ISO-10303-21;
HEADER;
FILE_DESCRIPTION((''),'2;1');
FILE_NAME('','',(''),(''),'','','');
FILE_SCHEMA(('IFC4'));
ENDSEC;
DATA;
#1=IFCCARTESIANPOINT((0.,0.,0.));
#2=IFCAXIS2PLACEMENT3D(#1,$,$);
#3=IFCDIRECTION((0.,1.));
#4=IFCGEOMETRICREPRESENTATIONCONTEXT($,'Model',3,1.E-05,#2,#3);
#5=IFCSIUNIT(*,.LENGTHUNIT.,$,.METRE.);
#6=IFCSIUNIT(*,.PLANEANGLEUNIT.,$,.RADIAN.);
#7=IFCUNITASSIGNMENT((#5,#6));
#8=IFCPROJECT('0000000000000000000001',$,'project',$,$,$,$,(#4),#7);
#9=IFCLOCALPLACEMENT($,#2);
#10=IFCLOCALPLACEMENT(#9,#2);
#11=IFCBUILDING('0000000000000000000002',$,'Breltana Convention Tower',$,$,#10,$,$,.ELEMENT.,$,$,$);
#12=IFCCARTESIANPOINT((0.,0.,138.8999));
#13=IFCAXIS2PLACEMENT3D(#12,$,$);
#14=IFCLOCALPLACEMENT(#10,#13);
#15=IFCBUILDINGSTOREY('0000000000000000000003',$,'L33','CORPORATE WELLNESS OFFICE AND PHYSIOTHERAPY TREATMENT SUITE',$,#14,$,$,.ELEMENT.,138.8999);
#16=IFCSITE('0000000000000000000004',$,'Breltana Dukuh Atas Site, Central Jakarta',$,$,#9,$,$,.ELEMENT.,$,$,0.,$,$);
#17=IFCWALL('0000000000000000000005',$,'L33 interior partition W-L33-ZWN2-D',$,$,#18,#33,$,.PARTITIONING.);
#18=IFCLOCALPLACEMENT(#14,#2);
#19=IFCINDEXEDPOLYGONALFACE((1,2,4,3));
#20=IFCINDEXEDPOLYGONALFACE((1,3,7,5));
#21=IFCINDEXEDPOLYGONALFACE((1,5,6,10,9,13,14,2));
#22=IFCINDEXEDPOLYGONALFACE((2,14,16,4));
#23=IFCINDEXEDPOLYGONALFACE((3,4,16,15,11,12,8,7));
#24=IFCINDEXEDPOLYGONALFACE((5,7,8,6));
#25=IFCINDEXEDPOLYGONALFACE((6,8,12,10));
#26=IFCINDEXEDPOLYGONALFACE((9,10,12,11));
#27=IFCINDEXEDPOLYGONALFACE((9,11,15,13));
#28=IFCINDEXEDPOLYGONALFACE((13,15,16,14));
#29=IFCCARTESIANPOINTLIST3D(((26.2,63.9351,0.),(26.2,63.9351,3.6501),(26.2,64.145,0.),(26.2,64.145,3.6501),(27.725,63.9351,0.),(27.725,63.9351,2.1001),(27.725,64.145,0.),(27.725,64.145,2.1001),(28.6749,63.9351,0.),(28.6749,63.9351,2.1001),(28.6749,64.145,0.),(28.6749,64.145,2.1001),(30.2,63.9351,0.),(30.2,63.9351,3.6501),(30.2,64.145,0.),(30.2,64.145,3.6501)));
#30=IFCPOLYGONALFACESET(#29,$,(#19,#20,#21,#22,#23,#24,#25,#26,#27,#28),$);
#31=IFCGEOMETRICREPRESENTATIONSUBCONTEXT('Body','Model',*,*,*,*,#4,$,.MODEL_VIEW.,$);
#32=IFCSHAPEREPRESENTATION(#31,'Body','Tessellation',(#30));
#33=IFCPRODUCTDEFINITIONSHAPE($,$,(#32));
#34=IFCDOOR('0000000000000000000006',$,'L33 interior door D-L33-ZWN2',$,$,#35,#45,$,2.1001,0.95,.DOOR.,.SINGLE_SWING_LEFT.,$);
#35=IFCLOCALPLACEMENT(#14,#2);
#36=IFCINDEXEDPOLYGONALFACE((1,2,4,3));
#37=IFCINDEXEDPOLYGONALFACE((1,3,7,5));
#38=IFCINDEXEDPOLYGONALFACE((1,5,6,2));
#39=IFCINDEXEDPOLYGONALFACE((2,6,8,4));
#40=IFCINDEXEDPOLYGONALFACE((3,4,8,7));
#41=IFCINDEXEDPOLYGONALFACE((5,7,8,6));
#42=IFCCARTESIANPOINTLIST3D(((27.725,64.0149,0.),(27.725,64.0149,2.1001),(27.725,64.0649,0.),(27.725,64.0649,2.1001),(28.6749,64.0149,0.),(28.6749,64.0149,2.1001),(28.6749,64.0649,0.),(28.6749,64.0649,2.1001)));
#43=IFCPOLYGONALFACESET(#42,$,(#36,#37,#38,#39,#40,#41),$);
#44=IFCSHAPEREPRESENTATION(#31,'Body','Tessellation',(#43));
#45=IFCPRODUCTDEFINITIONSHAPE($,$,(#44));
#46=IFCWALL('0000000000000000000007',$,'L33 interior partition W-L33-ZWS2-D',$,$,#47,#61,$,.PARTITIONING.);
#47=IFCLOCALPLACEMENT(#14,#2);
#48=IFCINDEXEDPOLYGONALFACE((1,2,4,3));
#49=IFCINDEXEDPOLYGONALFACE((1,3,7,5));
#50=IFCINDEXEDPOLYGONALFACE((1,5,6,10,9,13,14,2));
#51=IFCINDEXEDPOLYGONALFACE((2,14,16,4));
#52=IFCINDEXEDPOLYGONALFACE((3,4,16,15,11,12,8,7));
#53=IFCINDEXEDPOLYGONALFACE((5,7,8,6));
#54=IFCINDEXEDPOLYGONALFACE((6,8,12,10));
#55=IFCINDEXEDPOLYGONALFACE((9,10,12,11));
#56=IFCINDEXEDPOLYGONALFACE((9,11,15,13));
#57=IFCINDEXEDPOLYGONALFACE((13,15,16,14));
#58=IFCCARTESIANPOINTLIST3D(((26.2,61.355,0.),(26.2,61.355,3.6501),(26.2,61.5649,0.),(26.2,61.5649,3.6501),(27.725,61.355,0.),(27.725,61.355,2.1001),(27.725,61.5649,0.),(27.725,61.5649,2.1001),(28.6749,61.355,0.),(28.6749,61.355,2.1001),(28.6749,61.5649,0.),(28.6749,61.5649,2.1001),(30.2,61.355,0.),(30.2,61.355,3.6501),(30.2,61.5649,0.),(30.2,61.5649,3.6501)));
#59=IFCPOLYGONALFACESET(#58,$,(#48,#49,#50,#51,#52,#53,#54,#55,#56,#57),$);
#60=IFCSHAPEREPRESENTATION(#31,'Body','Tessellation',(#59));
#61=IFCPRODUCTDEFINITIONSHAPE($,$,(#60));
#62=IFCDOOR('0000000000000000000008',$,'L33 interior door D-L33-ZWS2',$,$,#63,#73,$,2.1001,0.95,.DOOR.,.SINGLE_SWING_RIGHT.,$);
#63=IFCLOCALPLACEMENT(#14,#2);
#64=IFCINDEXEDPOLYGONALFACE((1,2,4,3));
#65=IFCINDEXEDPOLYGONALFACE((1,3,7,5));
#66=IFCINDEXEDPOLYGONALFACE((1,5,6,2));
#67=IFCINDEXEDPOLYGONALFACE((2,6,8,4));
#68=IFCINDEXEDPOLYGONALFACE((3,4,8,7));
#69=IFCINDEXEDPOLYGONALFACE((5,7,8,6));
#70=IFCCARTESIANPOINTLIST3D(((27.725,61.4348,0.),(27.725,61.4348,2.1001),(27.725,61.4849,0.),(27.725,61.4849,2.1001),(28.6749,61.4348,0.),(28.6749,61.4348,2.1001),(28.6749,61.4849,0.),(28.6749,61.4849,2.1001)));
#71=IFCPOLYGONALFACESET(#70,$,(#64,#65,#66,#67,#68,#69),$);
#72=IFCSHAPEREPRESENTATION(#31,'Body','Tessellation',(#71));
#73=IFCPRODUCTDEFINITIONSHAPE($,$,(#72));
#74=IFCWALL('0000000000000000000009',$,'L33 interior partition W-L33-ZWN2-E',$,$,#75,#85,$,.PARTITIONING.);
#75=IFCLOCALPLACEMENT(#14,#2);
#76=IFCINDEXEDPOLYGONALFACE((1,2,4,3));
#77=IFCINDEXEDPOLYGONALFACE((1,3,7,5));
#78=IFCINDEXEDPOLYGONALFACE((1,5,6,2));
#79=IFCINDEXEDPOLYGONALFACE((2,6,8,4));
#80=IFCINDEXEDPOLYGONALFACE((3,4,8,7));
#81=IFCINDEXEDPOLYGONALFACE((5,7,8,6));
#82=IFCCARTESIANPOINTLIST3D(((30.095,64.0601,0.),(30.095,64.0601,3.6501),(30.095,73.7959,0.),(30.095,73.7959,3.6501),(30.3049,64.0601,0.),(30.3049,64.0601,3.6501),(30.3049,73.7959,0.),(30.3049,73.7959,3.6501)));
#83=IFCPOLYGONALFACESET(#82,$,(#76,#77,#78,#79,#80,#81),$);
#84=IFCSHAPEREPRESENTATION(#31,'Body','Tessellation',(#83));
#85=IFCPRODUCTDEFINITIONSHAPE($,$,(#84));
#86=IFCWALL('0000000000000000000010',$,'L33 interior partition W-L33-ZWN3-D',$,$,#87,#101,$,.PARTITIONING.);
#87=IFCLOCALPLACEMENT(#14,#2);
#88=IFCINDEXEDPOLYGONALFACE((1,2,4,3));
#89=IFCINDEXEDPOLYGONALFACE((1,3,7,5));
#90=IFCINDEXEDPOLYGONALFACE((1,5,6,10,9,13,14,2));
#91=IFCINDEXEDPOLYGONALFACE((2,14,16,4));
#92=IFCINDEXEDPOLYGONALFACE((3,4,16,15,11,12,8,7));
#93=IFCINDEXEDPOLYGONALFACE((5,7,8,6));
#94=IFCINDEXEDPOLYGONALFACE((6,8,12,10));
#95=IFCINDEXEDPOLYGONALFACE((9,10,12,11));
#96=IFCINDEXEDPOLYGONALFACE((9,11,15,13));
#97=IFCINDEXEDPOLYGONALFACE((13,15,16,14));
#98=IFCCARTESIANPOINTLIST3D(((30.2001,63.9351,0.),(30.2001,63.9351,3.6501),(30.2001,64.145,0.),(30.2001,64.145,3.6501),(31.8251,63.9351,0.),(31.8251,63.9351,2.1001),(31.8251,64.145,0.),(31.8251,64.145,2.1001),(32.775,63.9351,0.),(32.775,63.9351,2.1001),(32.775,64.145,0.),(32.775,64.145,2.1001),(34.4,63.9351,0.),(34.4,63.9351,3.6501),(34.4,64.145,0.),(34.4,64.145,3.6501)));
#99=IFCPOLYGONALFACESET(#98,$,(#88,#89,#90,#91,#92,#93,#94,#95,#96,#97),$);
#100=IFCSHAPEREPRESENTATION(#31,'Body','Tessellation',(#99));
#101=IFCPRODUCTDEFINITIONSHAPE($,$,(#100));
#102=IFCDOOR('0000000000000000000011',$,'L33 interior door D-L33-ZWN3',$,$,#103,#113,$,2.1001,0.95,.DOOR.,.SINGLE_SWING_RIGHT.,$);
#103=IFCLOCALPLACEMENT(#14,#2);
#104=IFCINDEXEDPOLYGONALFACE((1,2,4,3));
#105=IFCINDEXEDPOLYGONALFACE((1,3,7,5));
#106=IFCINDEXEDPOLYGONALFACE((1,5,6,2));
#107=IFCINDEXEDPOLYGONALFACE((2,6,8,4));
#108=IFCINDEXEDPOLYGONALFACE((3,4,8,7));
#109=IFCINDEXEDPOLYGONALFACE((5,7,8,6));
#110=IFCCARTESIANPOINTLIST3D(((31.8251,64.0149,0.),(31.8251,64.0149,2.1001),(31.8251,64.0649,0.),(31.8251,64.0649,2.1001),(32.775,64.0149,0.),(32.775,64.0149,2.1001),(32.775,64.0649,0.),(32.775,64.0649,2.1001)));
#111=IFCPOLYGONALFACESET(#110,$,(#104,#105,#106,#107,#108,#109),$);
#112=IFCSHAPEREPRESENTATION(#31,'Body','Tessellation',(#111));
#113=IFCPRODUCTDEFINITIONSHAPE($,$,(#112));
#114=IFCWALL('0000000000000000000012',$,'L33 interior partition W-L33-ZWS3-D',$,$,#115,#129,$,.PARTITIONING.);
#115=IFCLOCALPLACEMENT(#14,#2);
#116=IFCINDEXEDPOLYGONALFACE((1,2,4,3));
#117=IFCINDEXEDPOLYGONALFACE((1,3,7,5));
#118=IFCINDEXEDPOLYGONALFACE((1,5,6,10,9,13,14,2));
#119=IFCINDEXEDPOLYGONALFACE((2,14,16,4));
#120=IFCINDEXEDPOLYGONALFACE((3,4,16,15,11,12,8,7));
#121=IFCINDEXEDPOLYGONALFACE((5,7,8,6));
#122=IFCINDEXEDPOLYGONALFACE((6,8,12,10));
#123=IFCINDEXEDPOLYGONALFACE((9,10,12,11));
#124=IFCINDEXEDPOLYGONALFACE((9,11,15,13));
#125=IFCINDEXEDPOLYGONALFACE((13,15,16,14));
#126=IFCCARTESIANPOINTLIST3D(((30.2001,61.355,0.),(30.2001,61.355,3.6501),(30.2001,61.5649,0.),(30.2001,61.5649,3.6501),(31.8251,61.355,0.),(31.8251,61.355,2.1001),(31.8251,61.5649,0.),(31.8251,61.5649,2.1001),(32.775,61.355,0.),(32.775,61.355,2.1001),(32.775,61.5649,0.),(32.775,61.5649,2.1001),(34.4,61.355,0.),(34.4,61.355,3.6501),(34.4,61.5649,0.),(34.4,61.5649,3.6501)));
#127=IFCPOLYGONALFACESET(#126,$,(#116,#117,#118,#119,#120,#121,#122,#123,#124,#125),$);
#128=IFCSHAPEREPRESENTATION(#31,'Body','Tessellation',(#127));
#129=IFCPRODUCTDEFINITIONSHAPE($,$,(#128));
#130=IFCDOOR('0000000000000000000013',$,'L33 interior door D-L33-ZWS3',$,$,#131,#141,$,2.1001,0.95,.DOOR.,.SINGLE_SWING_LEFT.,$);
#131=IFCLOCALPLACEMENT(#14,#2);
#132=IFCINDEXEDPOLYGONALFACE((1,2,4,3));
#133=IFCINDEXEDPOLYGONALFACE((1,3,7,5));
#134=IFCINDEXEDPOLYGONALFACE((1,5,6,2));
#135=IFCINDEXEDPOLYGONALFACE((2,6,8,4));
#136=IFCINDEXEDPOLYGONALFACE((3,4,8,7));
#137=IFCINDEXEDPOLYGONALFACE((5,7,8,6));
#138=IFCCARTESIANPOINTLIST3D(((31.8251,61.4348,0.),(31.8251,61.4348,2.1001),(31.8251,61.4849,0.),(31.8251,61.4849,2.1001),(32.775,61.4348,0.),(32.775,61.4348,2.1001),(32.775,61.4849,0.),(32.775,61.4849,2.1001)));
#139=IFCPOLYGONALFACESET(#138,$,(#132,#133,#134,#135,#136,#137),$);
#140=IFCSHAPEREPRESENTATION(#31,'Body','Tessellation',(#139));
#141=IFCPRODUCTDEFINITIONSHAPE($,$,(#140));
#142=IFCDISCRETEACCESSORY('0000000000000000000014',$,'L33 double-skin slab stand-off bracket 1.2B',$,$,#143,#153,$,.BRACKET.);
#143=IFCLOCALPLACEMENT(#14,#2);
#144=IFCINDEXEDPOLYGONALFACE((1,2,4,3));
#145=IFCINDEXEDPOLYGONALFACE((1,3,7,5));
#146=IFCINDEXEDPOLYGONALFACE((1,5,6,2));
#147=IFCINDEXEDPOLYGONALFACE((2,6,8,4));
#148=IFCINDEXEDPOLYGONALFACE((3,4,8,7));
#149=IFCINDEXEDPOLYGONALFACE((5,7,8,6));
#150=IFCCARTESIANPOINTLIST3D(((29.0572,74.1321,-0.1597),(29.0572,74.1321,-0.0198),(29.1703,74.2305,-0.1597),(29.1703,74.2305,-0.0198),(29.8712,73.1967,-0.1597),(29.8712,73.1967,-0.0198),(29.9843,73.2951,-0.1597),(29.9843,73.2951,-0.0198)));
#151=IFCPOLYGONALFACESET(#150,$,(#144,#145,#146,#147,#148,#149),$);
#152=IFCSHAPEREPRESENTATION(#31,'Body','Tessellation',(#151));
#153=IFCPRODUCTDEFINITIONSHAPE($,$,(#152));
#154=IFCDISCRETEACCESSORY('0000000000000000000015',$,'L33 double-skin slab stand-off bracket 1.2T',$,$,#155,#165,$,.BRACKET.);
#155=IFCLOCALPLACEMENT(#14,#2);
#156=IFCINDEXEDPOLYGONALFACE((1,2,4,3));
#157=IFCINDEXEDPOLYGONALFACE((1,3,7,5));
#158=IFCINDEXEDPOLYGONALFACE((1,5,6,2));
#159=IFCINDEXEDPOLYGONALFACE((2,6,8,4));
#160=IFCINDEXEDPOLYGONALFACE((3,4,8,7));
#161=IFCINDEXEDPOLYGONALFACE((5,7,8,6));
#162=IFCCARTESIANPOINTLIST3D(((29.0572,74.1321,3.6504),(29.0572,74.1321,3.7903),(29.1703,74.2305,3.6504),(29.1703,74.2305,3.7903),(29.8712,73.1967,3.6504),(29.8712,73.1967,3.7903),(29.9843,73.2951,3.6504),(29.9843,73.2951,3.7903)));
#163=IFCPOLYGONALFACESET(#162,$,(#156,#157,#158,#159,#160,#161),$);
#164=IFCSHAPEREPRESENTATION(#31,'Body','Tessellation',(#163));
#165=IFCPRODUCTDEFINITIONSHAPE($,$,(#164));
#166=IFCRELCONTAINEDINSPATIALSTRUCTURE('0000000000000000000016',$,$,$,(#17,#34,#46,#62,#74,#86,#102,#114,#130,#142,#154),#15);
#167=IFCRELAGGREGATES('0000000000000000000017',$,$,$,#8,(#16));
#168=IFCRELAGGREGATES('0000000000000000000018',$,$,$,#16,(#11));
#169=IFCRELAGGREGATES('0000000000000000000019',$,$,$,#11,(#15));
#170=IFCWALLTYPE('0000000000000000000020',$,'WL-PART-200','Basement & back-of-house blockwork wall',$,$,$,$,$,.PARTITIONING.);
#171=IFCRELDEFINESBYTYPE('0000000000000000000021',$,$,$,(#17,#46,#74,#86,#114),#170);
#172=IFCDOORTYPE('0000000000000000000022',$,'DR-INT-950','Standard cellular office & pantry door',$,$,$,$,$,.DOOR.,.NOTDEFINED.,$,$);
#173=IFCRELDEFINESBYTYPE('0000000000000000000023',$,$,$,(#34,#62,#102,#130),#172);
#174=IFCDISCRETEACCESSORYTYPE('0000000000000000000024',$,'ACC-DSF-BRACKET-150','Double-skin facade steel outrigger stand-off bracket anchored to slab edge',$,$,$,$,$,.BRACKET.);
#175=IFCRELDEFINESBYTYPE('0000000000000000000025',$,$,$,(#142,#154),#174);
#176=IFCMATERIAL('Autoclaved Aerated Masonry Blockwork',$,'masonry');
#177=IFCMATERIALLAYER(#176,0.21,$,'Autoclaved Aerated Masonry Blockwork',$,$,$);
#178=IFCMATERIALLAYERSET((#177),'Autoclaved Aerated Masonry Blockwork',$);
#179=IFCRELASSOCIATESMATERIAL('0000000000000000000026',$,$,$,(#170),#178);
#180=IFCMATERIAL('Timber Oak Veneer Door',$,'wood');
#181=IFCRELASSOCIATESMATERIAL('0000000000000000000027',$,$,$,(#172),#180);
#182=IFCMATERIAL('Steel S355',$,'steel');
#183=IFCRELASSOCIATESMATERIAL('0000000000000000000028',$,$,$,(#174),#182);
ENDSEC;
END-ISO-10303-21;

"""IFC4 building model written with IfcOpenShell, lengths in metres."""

from ifc_helpers import new_model, si_unit, direction, frame, frame_2d, origin, origin_2d, place, context, subcontext, project, spatial, rectangle, extrude, source, transform, mapped, material, layer, layer_set, type_object, type_shapes, element, fill, save


model = new_model("IFC4")

# Units and contexts
model_context = context("Model", 3, precision=1e-05, world=origin(), true_north=direction((0.0, 1.0)))
body_context = subcontext(model_context, "Body", "Model", "MODEL_VIEW")
ifc_project = project(units=[si_unit("LENGTHUNIT", "METRE"), si_unit("PLANEANGLEUNIT", "RADIAN")], contexts=[model_context])

# Site, building, storey
site_placement = place(None, origin())
site = spatial("IfcSite", under=ifc_project, at=site_placement, Name="Breltana Dukuh Atas Site, Central Jakarta", CompositionType="ELEMENT", RefElevation=0.0)
building_placement = place(site_placement, origin())
building = spatial("IfcBuilding", under=site, at=building_placement, Name="Breltana Convention Tower", CompositionType="ELEMENT")
storey_placement = place(building_placement, frame((0.0, 0.0, 138.8999)))
storey = spatial("IfcBuildingStorey", under=building, at=storey_placement, Name="L33", Description="CORPORATE WELLNESS OFFICE AND PHYSIOTHERAPY TREATMENT SUITE", CompositionType="ELEMENT", Elevation=138.8999)

# Shared definitions
ifc_material_1 = material(Name="Autoclaved Aerated Masonry Blockwork", Category="masonry")
ifc_layer_1 = layer(ifc_material_1, 0.21, Name="Autoclaved Aerated Masonry Blockwork")
ifc_layer_set_1 = layer_set([ifc_layer_1], Name="Autoclaved Aerated Masonry Blockwork")
wall_type_1 = type_object("IfcWallType", Name="WL-PART-200", Description="Basement & back-of-house blockwork wall", PredefinedType="PARTITIONING", material=ifc_layer_set_1)
ifc_material_2 = material(Name="Timber Oak Veneer Door", Category="wood")
door_type = type_object("IfcDoorType", Name="DR-INT-950", Description="Standard cellular office & pantry door", OperationType="NOTDEFINED", PredefinedType="DOOR", material=ifc_material_2)
shared_shape_1 = source(origin(), body_context, "Body", "SweptSolid", [
    extrude(rectangle(XDim=0.95, YDim=2.1001, at=frame_2d((0.4751, 1.05))), frame((0.0, 0.0249, 0.0), z_axis=(0.0, -1.0, 0.0), x_axis=(1.0, 0.0, 0.0)), (0.0, 0.0, 1.0), 0.05),
])
type_shapes(door_type, [shared_shape_1])

# Walls, openings, doors
shared_shape_2 = source(origin(), body_context, "Body", "SweptSolid", [
    extrude(rectangle(XDim=4.0, YDim=0.21, at=frame_2d((2.0, 0.0))), origin(), (0.0, 0.0, 1.0), 3.6501),
])
wall_1_placement = place(storey_placement, frame((26.2, 64.04, 0.0), z_axis=(0.0, 0.0, 1.0), x_axis=(1.0, 0.0, 0.0)))
wall_1 = element("IfcWall", 1, at=wall_1_placement, inside=storey, type_object=wall_type_1, Name="L33 interior partition W-L33-ZWN2-D", PredefinedType="PARTITIONING", context=body_context, shape_type="MappedRepresentation", body=[
    mapped(shared_shape_2, transform((0.0, 0.0, 0.0), scale=1.0)),
])
opening_1_placement = place(wall_1_placement, frame((1.5249, 0.0, 0.0)))
opening_1 = element("IfcOpeningElement", 2, at=opening_1_placement, cuts=wall_1, PredefinedType="OPENING", context=body_context, shape_type="SweptSolid", body=[
    extrude(rectangle(XDim=0.95, YDim=2.1001, at=frame_2d((0.4751, 1.05))), frame((0.0, 0.115, 0.0), z_axis=(0.0, -1.0, 0.0), x_axis=(1.0, 0.0, 0.0)), (0.0, 0.0, 1.0), 0.23),
])
door_1_placement = place(opening_1_placement, origin())
door_1 = element("IfcDoor", 3, at=door_1_placement, inside=storey, type_object=door_type, Name="L33 interior door D-L33-ZWN2", OperationType="SINGLE_SWING_LEFT", OverallHeight=2.1001, OverallWidth=0.95, PredefinedType="DOOR", context=body_context, shape_type="MappedRepresentation", body=[
    mapped(shared_shape_1, transform((0.0, 0.0, 0.0), scale=1.0)),
])
fill(opening_1, door_1)
wall_2_placement = place(storey_placement, frame((26.2, 61.46, 0.0), z_axis=(0.0, 0.0, 1.0), x_axis=(1.0, 0.0, 0.0)))
wall_2 = element("IfcWall", 4, at=wall_2_placement, inside=storey, type_object=wall_type_1, Name="L33 interior partition W-L33-ZWS2-D", PredefinedType="PARTITIONING", context=body_context, shape_type="MappedRepresentation", body=[
    mapped(shared_shape_2, transform((0.0, 0.0, 0.0), scale=1.0)),
])
opening_2_placement = place(wall_2_placement, frame((1.5249, 0.0, 0.0)))
opening_2 = element("IfcOpeningElement", 5, at=opening_2_placement, cuts=wall_2, PredefinedType="OPENING", context=body_context, shape_type="SweptSolid", body=[
    extrude(rectangle(XDim=0.95, YDim=2.1001, at=frame_2d((0.4751, 1.05))), frame((0.0, 0.115, 0.0), z_axis=(0.0, -1.0, 0.0), x_axis=(1.0, 0.0, 0.0)), (0.0, 0.0, 1.0), 0.23),
])
door_2_placement = place(opening_2_placement, origin())
door_2 = element("IfcDoor", 6, at=door_2_placement, inside=storey, type_object=door_type, Name="L33 interior door D-L33-ZWS2", OperationType="SINGLE_SWING_RIGHT", OverallHeight=2.1001, OverallWidth=0.95, PredefinedType="DOOR", context=body_context, shape_type="MappedRepresentation", body=[
    mapped(shared_shape_1, transform((0.0, 0.0, 0.0), scale=1.0)),
])
fill(opening_2, door_2)

# Wall
shared_shape_3 = source(origin(), body_context, "Body", "SweptSolid", [
    extrude(rectangle(XDim=9.7358, YDim=0.21, at=frame_2d((4.8679, 0.0))), origin(), (0.0, 0.0, 1.0), 3.6501),
])
wall_3_placement = place(storey_placement, frame((30.2, 64.0601, 0.0), z_axis=(0.0, 0.0, 1.0), x_axis=(0.0, 1.0, 0.0)))
element("IfcWall", 7, at=wall_3_placement, inside=storey, type_object=wall_type_1, Name="L33 interior partition W-L33-ZWN2-E", PredefinedType="PARTITIONING", context=body_context, shape_type="MappedRepresentation", body=[
    mapped(shared_shape_3, transform((0.0, 0.0, 0.0), scale=1.0)),
])

# Walls, openings, doors
shared_shape_4 = source(origin(), body_context, "Body", "SweptSolid", [
    extrude(rectangle(XDim=4.2, YDim=0.21, at=frame_2d((2.1001, 0.0))), origin(), (0.0, 0.0, 1.0), 3.6501),
])
wall_4_placement = place(storey_placement, frame((30.2, 64.04, 0.0), z_axis=(0.0, 0.0, 1.0), x_axis=(1.0, 0.0, 0.0)))
wall_4 = element("IfcWall", 8, at=wall_4_placement, inside=storey, type_object=wall_type_1, Name="L33 interior partition W-L33-ZWN3-D", PredefinedType="PARTITIONING", context=body_context, shape_type="MappedRepresentation", body=[
    mapped(shared_shape_4, transform((0.0, 0.0, 0.0), scale=1.0)),
])
opening_3_placement = place(wall_4_placement, frame((1.625, 0.0, 0.0)))
opening_3 = element("IfcOpeningElement", 9, at=opening_3_placement, cuts=wall_4, PredefinedType="OPENING", context=body_context, shape_type="SweptSolid", body=[
    extrude(rectangle(XDim=0.95, YDim=2.1001, at=frame_2d((0.4751, 1.05))), frame((0.0, 0.115, 0.0), z_axis=(0.0, -1.0, 0.0), x_axis=(1.0, 0.0, 0.0)), (0.0, 0.0, 1.0), 0.23),
])
door_3_placement = place(opening_3_placement, origin())
door_3 = element("IfcDoor", 10, at=door_3_placement, inside=storey, type_object=door_type, Name="L33 interior door D-L33-ZWN3", OperationType="SINGLE_SWING_RIGHT", OverallHeight=2.1001, OverallWidth=0.95, PredefinedType="DOOR", context=body_context, shape_type="MappedRepresentation", body=[
    mapped(shared_shape_1, transform((0.0, 0.0, 0.0), scale=1.0)),
])
fill(opening_3, door_3)
wall_5_placement = place(storey_placement, frame((30.2, 61.46, 0.0), z_axis=(0.0, 0.0, 1.0), x_axis=(1.0, 0.0, 0.0)))
wall_5 = element("IfcWall", 11, at=wall_5_placement, inside=storey, type_object=wall_type_1, Name="L33 interior partition W-L33-ZWS3-D", PredefinedType="PARTITIONING", context=body_context, shape_type="MappedRepresentation", body=[
    mapped(shared_shape_4, transform((0.0, 0.0, 0.0), scale=1.0)),
])
opening_4_placement = place(wall_5_placement, frame((1.625, 0.0, 0.0)))
opening_4 = element("IfcOpeningElement", 12, at=opening_4_placement, cuts=wall_5, PredefinedType="OPENING", context=body_context, shape_type="SweptSolid", body=[
    extrude(rectangle(XDim=0.95, YDim=2.1001, at=frame_2d((0.4751, 1.05))), frame((0.0, 0.115, 0.0), z_axis=(0.0, -1.0, 0.0), x_axis=(1.0, 0.0, 0.0)), (0.0, 0.0, 1.0), 0.23),
])
door_4_placement = place(opening_4_placement, origin())
door_4 = element("IfcDoor", 13, at=door_4_placement, inside=storey, type_object=door_type, Name="L33 interior door D-L33-ZWS3", OperationType="SINGLE_SWING_LEFT", OverallHeight=2.1001, OverallWidth=0.95, PredefinedType="DOOR", context=body_context, shape_type="MappedRepresentation", body=[
    mapped(shared_shape_1, transform((0.0, 0.0, 0.0), scale=1.0)),
])
fill(opening_4, door_4)

# Discrete accessories
ifc_material_3 = material(Name="Steel S355", Category="steel")
discrete_accessory_type_1 = type_object("IfcDiscreteAccessoryType", Name="ACC-DSF-BRACKET-150", Description="Double-skin facade steel outrigger stand-off bracket anchored to slab edge", PredefinedType="BRACKET", material=ifc_material_3)
shared_shape_5 = source(origin(), body_context, "Body", "SweptSolid", [
    extrude(rectangle(XDim=1.24, YDim=0.1499, at=origin_2d()), origin(), (0.0, 0.0, 1.0), 0.1399),
])
type_shapes(discrete_accessory_type_1, [shared_shape_5])
for number, where, z_axis, x_axis, name in (
    (14, (29.5208, 73.7136, -0.1597), (0.0, 0.0, 1.0), (-0.656454, 0.754366, 0.0), "L33 double-skin slab stand-off bracket 1.2B"),
    (15, (29.5208, 73.7136, 3.6504), (0.0, 0.0, 1.0), (-0.656454, 0.754366, 0.0), "L33 double-skin slab stand-off bracket 1.2T"),
):
    element("IfcDiscreteAccessory", number, at=place(storey_placement, frame(where, z_axis=z_axis, x_axis=x_axis)), inside=storey, type_object=discrete_accessory_type_1, Name=name, PredefinedType="BRACKET", context=body_context, shape_type="MappedRepresentation", body=[
        mapped(shared_shape_5, transform((0.0, 0.0, 0.0), scale=1.0)),
    ])

save(model, "model.ifc")
